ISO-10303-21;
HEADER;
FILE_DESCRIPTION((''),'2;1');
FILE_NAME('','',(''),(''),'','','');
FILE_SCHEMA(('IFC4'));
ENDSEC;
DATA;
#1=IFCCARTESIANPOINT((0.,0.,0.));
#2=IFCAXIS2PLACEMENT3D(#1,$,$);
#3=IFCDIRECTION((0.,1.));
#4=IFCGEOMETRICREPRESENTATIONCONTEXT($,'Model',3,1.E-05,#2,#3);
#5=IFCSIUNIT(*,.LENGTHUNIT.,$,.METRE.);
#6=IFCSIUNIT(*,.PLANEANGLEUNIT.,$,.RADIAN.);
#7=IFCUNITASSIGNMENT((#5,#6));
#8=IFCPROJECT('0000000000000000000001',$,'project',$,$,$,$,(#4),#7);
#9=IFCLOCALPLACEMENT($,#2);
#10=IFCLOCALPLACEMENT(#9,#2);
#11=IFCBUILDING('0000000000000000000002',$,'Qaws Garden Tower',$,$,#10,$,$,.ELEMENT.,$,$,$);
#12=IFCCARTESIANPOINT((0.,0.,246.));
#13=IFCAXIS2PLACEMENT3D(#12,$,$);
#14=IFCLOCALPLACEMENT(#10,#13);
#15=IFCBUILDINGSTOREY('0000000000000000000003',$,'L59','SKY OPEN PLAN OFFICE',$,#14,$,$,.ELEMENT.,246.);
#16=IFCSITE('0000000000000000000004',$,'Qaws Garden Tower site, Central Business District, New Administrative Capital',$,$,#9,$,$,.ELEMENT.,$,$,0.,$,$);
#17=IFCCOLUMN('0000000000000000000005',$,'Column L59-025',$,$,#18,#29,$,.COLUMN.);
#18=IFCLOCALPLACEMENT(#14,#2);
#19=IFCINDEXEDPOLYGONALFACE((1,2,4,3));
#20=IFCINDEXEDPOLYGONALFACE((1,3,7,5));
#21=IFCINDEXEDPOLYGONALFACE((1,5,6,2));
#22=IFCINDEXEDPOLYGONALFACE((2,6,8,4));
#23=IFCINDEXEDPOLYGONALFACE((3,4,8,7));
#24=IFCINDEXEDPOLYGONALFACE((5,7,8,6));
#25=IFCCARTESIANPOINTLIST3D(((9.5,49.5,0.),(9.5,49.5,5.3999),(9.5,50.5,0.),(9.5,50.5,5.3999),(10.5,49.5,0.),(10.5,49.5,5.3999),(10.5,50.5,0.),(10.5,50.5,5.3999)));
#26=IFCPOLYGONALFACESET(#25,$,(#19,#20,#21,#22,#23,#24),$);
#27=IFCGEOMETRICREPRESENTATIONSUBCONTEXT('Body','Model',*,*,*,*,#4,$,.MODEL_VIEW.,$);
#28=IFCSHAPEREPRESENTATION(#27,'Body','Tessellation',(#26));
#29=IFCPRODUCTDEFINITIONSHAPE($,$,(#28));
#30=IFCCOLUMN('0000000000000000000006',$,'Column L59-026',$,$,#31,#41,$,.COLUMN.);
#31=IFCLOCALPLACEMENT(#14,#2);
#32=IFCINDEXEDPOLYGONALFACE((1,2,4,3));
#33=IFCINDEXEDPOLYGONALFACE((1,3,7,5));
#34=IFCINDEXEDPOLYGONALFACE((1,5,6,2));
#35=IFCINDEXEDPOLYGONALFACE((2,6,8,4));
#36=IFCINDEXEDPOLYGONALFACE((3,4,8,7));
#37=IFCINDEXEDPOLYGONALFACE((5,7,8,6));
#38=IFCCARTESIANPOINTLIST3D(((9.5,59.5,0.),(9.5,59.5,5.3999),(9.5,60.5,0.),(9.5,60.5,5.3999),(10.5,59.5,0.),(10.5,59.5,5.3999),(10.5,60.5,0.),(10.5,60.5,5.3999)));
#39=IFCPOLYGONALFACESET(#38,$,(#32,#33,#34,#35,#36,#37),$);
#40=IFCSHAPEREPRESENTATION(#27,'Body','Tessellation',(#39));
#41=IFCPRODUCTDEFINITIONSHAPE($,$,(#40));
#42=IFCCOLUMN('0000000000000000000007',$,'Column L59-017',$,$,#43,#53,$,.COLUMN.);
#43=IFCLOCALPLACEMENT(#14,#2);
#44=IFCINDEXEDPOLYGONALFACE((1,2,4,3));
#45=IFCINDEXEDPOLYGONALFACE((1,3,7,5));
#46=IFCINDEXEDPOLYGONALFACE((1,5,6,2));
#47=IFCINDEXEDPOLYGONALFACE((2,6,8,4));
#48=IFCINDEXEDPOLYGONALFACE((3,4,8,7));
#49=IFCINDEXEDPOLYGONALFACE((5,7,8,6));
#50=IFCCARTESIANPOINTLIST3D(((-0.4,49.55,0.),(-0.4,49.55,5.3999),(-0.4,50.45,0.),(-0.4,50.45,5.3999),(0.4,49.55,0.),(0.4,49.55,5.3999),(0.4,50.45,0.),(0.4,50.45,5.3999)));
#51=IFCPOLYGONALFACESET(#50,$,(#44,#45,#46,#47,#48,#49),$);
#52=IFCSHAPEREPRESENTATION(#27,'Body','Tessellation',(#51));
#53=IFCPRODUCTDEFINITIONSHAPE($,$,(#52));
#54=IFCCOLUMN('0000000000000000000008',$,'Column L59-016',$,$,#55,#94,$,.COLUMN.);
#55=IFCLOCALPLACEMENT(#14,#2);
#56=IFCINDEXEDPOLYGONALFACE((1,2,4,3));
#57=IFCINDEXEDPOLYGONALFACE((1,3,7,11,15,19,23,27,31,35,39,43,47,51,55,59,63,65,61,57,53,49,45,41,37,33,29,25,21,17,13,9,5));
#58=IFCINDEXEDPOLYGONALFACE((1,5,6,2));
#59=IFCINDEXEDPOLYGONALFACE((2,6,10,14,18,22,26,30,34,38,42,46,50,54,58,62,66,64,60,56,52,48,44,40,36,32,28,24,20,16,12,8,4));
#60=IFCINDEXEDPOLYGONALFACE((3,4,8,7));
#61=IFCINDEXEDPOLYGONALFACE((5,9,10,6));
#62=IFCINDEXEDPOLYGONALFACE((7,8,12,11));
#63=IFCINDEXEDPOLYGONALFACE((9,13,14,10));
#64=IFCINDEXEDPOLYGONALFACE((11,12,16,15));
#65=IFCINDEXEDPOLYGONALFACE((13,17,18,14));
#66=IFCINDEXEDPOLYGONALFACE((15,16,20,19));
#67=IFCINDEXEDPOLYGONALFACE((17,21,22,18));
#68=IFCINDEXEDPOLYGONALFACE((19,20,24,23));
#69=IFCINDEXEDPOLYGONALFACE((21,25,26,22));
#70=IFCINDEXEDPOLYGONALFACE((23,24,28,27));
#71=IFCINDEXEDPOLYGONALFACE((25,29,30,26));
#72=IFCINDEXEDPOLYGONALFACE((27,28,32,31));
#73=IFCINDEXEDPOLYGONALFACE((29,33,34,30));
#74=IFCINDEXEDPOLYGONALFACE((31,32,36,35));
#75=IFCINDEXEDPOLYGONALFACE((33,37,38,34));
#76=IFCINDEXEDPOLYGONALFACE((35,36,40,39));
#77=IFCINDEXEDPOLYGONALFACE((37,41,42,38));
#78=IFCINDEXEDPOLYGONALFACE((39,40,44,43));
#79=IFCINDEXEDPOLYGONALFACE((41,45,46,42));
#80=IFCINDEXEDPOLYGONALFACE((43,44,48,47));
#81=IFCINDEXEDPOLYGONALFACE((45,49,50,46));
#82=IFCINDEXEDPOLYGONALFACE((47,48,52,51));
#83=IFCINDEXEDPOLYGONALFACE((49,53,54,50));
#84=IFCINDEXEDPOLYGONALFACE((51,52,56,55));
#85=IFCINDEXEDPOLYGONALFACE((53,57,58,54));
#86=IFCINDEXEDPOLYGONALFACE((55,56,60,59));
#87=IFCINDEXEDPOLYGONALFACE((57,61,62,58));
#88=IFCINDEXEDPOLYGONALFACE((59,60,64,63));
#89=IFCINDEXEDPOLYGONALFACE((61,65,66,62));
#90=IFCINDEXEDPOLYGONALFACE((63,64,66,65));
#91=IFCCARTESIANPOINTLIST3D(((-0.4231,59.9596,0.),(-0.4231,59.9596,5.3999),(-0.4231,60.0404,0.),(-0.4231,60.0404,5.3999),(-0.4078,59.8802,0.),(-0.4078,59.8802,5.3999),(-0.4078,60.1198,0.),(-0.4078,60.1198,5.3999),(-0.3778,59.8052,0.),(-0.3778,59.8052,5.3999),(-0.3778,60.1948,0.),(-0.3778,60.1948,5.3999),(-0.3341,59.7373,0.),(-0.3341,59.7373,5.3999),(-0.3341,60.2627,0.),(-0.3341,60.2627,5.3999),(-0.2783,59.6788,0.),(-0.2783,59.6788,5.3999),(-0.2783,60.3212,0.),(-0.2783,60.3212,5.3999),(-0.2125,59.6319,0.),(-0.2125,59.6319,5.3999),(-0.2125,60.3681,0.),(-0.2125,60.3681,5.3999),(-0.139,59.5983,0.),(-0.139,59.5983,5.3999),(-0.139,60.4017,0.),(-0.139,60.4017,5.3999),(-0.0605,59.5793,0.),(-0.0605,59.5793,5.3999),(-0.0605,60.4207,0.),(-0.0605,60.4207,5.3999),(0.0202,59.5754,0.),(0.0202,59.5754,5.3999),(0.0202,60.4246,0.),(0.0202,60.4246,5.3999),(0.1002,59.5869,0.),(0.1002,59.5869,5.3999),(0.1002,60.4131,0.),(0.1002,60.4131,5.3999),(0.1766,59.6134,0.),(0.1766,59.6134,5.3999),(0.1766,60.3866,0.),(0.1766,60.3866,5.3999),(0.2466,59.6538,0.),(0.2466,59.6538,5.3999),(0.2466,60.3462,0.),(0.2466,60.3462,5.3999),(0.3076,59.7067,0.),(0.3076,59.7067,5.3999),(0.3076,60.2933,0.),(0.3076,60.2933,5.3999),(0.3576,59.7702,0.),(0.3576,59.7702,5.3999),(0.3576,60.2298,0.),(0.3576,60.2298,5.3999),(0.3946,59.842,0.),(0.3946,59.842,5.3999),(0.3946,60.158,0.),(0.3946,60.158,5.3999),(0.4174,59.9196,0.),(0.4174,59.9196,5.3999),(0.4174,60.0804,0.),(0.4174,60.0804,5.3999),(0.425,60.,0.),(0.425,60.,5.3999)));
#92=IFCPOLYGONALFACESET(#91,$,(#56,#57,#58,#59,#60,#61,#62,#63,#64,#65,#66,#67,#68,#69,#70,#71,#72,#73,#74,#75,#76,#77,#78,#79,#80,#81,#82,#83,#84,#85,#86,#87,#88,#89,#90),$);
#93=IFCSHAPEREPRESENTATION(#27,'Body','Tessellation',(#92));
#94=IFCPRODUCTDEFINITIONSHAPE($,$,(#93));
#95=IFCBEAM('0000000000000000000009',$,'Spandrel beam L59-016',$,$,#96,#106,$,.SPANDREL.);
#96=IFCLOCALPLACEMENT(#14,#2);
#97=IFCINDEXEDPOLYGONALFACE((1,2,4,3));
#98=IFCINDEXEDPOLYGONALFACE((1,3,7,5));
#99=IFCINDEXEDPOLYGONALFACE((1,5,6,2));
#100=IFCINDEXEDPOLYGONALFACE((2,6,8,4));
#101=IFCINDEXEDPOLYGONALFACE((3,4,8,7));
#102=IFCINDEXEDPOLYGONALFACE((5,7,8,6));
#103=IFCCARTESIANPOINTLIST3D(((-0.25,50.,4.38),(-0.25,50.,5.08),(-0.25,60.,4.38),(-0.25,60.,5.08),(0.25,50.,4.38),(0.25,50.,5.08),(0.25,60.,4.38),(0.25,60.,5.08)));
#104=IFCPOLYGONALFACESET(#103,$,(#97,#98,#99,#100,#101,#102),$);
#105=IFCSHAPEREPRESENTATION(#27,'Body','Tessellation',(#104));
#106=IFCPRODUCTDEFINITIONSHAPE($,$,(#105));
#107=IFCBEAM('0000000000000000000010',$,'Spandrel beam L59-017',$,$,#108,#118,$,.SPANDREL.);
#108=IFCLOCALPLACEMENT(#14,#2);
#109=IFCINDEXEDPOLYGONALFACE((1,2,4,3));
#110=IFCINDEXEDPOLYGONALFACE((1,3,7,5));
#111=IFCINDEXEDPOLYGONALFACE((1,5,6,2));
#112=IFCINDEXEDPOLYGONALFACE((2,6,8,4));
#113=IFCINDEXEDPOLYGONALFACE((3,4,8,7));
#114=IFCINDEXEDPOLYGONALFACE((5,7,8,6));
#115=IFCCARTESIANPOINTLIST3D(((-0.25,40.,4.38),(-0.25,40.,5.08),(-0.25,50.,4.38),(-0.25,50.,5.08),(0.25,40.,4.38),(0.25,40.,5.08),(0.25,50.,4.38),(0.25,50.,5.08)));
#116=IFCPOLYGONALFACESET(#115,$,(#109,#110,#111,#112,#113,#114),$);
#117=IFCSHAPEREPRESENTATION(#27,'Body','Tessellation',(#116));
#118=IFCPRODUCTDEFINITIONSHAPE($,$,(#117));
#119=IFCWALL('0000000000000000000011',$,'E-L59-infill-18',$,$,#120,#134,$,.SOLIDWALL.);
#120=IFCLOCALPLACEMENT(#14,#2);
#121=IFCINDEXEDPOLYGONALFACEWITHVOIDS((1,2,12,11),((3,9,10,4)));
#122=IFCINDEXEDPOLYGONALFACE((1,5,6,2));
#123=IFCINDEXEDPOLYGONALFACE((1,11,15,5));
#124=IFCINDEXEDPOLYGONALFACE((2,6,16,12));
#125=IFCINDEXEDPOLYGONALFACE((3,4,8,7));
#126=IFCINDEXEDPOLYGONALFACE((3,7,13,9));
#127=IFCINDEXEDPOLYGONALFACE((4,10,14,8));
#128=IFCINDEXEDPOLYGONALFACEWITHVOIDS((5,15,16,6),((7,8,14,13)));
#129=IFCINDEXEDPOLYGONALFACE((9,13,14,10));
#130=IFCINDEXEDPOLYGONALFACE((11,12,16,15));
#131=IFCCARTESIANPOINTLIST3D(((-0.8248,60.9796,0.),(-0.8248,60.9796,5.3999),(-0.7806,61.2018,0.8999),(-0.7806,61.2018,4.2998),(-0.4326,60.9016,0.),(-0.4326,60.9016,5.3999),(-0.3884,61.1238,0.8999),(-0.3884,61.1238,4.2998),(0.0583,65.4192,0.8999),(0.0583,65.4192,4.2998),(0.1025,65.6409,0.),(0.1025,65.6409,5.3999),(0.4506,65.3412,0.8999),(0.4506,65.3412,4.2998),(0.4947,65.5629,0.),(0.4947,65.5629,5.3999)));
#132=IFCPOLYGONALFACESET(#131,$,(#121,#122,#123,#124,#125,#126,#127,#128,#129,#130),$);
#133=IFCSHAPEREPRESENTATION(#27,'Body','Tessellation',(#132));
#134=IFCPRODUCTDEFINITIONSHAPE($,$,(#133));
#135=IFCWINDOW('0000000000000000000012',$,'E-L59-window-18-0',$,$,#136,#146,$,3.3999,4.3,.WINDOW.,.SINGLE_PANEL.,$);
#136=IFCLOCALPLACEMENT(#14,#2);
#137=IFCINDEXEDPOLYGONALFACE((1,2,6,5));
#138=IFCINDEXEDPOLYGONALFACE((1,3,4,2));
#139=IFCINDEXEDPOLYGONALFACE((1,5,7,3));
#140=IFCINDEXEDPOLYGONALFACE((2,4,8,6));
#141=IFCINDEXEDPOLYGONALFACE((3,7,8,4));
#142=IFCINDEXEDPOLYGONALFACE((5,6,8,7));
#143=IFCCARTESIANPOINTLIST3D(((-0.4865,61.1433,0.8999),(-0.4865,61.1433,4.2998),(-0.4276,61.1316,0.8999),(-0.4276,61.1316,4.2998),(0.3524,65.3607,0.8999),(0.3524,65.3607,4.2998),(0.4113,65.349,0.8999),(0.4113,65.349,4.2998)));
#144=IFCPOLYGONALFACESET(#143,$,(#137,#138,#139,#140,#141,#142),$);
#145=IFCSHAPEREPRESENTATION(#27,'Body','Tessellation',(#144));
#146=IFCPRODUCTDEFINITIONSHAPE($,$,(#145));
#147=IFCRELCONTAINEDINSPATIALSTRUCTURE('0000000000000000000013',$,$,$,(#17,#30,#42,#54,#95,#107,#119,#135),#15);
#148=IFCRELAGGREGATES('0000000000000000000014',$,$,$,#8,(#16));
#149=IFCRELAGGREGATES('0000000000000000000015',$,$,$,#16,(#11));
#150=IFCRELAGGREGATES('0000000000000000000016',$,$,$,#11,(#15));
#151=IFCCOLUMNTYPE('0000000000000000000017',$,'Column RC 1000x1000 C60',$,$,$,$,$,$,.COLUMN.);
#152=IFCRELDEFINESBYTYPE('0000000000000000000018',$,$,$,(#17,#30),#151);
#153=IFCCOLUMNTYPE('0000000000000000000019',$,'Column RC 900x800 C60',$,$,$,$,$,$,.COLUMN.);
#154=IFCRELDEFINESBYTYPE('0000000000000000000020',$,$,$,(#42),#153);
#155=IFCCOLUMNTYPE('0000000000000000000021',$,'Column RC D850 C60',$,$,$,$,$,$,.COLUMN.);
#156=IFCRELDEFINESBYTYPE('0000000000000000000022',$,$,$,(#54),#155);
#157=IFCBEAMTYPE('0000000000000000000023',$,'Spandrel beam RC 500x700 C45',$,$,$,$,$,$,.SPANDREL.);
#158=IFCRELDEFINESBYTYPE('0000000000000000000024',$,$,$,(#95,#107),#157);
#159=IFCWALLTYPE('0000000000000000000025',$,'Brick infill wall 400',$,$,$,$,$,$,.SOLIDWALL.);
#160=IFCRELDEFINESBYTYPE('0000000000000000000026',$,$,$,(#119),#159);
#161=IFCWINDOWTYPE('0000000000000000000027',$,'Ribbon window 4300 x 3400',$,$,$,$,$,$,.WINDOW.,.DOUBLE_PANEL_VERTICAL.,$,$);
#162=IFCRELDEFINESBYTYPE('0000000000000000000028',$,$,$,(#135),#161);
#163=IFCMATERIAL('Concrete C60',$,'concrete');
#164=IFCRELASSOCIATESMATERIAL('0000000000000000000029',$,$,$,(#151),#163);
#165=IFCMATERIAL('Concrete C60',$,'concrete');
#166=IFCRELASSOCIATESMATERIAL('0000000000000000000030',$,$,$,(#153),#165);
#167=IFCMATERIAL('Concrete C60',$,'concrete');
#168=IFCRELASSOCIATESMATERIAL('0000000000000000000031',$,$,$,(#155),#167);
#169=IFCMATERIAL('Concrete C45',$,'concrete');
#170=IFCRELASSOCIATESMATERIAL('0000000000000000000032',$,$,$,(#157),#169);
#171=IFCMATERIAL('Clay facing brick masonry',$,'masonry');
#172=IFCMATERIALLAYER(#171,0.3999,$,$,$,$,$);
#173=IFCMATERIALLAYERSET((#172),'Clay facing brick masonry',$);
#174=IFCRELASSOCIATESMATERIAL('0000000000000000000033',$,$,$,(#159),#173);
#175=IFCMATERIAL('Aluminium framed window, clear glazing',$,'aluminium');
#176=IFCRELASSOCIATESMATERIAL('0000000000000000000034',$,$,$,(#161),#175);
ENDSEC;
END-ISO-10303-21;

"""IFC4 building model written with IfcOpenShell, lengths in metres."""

from ifc_helpers import new_model, si_unit, direction, frame, frame_2d, origin, origin_2d, place, context, subcontext, project, spatial, rectangle, circle, extrude, material, layer, layer_set, material_profile, profile_set, type_object, element, fill, save


model = new_model("IFC4")

# Units and contexts
model_context = context("Model", 3, precision=1e-05, world=origin(), true_north=direction((0.0, 1.0)))
body_context = subcontext(model_context, "Body", "Model", "MODEL_VIEW")
ifc_project = project(units=[si_unit("LENGTHUNIT", "METRE"), si_unit("PLANEANGLEUNIT", "RADIAN")], contexts=[model_context])

# Site, building, storey
site_placement = place(None, origin())
site = spatial("IfcSite", under=ifc_project, at=site_placement, Name="Qaws Garden Tower site, Central Business District, New Administrative Capital", CompositionType="ELEMENT", RefElevation=0.0)
building_placement = place(site_placement, origin())
building = spatial("IfcBuilding", under=site, at=building_placement, Name="Qaws Garden Tower", CompositionType="ELEMENT")
storey_placement = place(building_placement, frame((0.0, 0.0, 246.0)))
storey = spatial("IfcBuildingStorey", under=building, at=storey_placement, Name="L59", Description="SKY OPEN PLAN OFFICE", CompositionType="ELEMENT", Elevation=246.0)

# Columns
ifc_material_1 = material(Name="Concrete C60", Category="concrete")
ifc_material_profile_1 = material_profile(ifc_material_1, rectangle(XDim=1.0, YDim=1.0, at=origin_2d()), Name="RC 1000x1000")
ifc_profile_set_1 = profile_set([ifc_material_profile_1], Name="Concrete C60")
column_type_1 = type_object("IfcColumnType", Name="Column RC 1000x1000 C60", PredefinedType="COLUMN", material=ifc_profile_set_1)
for number, where, z_axis, x_axis, name in (
    (1, (10.0, 50.0, 0.0), (0.0, 0.0, 1.0), (1.0, 0.0, 0.0), "Column L59-025"),
    (2, (10.0, 60.0, 0.0), (0.0, 0.0, 1.0), (1.0, 0.0, 0.0), "Column L59-026"),
):
    element("IfcColumn", number, at=place(storey_placement, frame(where, z_axis=z_axis, x_axis=x_axis)), inside=storey, type_object=column_type_1, Name=name, PredefinedType="COLUMN", context=body_context, shape_type="SweptSolid", body=[
        extrude(rectangle(XDim=1.0, YDim=1.0, at=origin_2d()), origin(), (0.0, 0.0, 1.0), 5.3999),
    ])
ifc_material_2 = material(Name="Concrete C60", Category="concrete")
ifc_material_profile_2 = material_profile(ifc_material_2, rectangle(XDim=0.8999, YDim=0.8, at=origin_2d()), Name="RC 900x800")
ifc_profile_set_2 = profile_set([ifc_material_profile_2], Name="Concrete C60")
column_type_2 = type_object("IfcColumnType", Name="Column RC 900x800 C60", PredefinedType="COLUMN", material=ifc_profile_set_2)
column_1_placement = place(storey_placement, frame((0.0, 50.0, 0.0), z_axis=(0.0, 0.0, 1.0), x_axis=(0.0, 1.0, 0.0)))
element("IfcColumn", 3, at=column_1_placement, inside=storey, type_object=column_type_2, Name="Column L59-017", PredefinedType="COLUMN", context=body_context, shape_type="SweptSolid", body=[
    extrude(rectangle(XDim=0.8999, YDim=0.8, at=origin_2d()), origin(), (0.0, 0.0, 1.0), 5.3999),
])
ifc_material_3 = material(Name="Concrete C60", Category="concrete")
ifc_material_profile_3 = material_profile(ifc_material_3, circle(Radius=0.425, at=origin_2d()), Name="RC D850")
ifc_profile_set_3 = profile_set([ifc_material_profile_3], Name="Concrete C60")
column_type_3 = type_object("IfcColumnType", Name="Column RC D850 C60", PredefinedType="COLUMN", material=ifc_profile_set_3)
column_2_placement = place(storey_placement, frame((0.0, 60.0, 0.0), z_axis=(0.0, 0.0, 1.0), x_axis=(1.0, 0.0, 0.0)))
element("IfcColumn", 4, at=column_2_placement, inside=storey, type_object=column_type_3, Name="Column L59-016", PredefinedType="COLUMN", context=body_context, shape_type="SweptSolid", body=[
    extrude(circle(Radius=0.425, at=origin_2d()), origin(), (0.0, 0.0, 1.0), 5.3999),
])

# Beams
ifc_material_4 = material(Name="Concrete C45", Category="concrete")
ifc_material_profile_4 = material_profile(ifc_material_4, rectangle(XDim=0.5, YDim=0.7, at=origin_2d()), Name="RC 500x700")
ifc_profile_set_4 = profile_set([ifc_material_profile_4], Name="Concrete C45")
beam_type = type_object("IfcBeamType", Name="Spandrel beam RC 500x700 C45", PredefinedType="SPANDREL", material=ifc_profile_set_4)
for number, where, z_axis, x_axis, name in (
    (5, (0.0, 60.0, 4.73), (0.0, -1.0, 0.0), (1.0, 0.0, 0.0), "Spandrel beam L59-016"),
    (6, (0.0, 50.0, 4.73), (0.0, -1.0, 0.0), (1.0, 0.0, 0.0), "Spandrel beam L59-017"),
):
    element("IfcBeam", number, at=place(storey_placement, frame(where, z_axis=z_axis, x_axis=x_axis)), inside=storey, type_object=beam_type, Name=name, PredefinedType="SPANDREL", context=body_context, shape_type="SweptSolid", body=[
        extrude(rectangle(XDim=0.5, YDim=0.7, at=origin_2d()), origin(), (0.0, 0.0, 1.0), 10.0),
    ])

# Wall, opening, window
ifc_material_5 = material(Name="Clay facing brick masonry", Category="masonry")
ifc_layer_1 = layer(ifc_material_5, 0.3999)
ifc_layer_set_1 = layer_set([ifc_layer_1], Name="Clay facing brick masonry")
wall_type_1 = type_object("IfcWallType", Name="Brick infill wall 400", PredefinedType="SOLIDWALL", material=ifc_layer_set_1)
wall_1_placement = place(storey_placement, frame((0.2986, 65.6021, 0.0), z_axis=(0.0, 0.0, 1.0), x_axis=(-0.195099, -0.980784, 0.0)))
wall_1 = element("IfcWall", 7, at=wall_1_placement, inside=storey, type_object=wall_type_1, Name="E-L59-infill-18", PredefinedType="SOLIDWALL", context=body_context, shape_type="SweptSolid", body=[
    extrude(rectangle(XDim=4.7527, YDim=0.3999, at=frame_2d((2.3765, 0.0))), origin(), (0.0, 0.0, 1.0), 5.3999),
])
opening_1_placement = place(wall_1_placement, frame((0.2263, 0.0, 0.8999)))
opening_1 = element("IfcOpeningElement", 8, at=opening_1_placement, cuts=wall_1, PredefinedType="OPENING", context=body_context, shape_type="SweptSolid", body=[
    extrude(rectangle(XDim=4.3, YDim=3.3999, at=frame_2d((2.1499, 1.7))), frame((0.0, 0.21, 0.0), z_axis=(0.0, -1.0, 0.0), x_axis=(1.0, 0.0, 0.0)), (0.0, 0.0, 1.0), 0.4199),
])
ifc_material_6 = material(Name="Aluminium framed window, clear glazing", Category="aluminium")
window_type_1 = type_object("IfcWindowType", Name="Ribbon window 4300 x 3400", PartitioningType="DOUBLE_PANEL_VERTICAL", PredefinedType="WINDOW", material=ifc_material_6)
window_1_placement = place(opening_1_placement, origin())
window_1 = element("IfcWindow", 9, at=window_1_placement, inside=storey, type_object=window_type_1, Name="E-L59-window-18-0", OverallHeight=3.3999, OverallWidth=4.3, PartitioningType="SINGLE_PANEL", PredefinedType="WINDOW", context=body_context, shape_type="SweptSolid", body=[
    extrude(rectangle(XDim=4.3, YDim=3.3999, at=frame_2d((2.1499, 1.7))), frame((0.0, 0.1599, 0.0), z_axis=(0.0, -1.0, 0.0), x_axis=(1.0, 0.0, 0.0)), (0.0, 0.0, 1.0), 0.0601),
])
fill(opening_1, window_1)

save(model, "model.ifc")
